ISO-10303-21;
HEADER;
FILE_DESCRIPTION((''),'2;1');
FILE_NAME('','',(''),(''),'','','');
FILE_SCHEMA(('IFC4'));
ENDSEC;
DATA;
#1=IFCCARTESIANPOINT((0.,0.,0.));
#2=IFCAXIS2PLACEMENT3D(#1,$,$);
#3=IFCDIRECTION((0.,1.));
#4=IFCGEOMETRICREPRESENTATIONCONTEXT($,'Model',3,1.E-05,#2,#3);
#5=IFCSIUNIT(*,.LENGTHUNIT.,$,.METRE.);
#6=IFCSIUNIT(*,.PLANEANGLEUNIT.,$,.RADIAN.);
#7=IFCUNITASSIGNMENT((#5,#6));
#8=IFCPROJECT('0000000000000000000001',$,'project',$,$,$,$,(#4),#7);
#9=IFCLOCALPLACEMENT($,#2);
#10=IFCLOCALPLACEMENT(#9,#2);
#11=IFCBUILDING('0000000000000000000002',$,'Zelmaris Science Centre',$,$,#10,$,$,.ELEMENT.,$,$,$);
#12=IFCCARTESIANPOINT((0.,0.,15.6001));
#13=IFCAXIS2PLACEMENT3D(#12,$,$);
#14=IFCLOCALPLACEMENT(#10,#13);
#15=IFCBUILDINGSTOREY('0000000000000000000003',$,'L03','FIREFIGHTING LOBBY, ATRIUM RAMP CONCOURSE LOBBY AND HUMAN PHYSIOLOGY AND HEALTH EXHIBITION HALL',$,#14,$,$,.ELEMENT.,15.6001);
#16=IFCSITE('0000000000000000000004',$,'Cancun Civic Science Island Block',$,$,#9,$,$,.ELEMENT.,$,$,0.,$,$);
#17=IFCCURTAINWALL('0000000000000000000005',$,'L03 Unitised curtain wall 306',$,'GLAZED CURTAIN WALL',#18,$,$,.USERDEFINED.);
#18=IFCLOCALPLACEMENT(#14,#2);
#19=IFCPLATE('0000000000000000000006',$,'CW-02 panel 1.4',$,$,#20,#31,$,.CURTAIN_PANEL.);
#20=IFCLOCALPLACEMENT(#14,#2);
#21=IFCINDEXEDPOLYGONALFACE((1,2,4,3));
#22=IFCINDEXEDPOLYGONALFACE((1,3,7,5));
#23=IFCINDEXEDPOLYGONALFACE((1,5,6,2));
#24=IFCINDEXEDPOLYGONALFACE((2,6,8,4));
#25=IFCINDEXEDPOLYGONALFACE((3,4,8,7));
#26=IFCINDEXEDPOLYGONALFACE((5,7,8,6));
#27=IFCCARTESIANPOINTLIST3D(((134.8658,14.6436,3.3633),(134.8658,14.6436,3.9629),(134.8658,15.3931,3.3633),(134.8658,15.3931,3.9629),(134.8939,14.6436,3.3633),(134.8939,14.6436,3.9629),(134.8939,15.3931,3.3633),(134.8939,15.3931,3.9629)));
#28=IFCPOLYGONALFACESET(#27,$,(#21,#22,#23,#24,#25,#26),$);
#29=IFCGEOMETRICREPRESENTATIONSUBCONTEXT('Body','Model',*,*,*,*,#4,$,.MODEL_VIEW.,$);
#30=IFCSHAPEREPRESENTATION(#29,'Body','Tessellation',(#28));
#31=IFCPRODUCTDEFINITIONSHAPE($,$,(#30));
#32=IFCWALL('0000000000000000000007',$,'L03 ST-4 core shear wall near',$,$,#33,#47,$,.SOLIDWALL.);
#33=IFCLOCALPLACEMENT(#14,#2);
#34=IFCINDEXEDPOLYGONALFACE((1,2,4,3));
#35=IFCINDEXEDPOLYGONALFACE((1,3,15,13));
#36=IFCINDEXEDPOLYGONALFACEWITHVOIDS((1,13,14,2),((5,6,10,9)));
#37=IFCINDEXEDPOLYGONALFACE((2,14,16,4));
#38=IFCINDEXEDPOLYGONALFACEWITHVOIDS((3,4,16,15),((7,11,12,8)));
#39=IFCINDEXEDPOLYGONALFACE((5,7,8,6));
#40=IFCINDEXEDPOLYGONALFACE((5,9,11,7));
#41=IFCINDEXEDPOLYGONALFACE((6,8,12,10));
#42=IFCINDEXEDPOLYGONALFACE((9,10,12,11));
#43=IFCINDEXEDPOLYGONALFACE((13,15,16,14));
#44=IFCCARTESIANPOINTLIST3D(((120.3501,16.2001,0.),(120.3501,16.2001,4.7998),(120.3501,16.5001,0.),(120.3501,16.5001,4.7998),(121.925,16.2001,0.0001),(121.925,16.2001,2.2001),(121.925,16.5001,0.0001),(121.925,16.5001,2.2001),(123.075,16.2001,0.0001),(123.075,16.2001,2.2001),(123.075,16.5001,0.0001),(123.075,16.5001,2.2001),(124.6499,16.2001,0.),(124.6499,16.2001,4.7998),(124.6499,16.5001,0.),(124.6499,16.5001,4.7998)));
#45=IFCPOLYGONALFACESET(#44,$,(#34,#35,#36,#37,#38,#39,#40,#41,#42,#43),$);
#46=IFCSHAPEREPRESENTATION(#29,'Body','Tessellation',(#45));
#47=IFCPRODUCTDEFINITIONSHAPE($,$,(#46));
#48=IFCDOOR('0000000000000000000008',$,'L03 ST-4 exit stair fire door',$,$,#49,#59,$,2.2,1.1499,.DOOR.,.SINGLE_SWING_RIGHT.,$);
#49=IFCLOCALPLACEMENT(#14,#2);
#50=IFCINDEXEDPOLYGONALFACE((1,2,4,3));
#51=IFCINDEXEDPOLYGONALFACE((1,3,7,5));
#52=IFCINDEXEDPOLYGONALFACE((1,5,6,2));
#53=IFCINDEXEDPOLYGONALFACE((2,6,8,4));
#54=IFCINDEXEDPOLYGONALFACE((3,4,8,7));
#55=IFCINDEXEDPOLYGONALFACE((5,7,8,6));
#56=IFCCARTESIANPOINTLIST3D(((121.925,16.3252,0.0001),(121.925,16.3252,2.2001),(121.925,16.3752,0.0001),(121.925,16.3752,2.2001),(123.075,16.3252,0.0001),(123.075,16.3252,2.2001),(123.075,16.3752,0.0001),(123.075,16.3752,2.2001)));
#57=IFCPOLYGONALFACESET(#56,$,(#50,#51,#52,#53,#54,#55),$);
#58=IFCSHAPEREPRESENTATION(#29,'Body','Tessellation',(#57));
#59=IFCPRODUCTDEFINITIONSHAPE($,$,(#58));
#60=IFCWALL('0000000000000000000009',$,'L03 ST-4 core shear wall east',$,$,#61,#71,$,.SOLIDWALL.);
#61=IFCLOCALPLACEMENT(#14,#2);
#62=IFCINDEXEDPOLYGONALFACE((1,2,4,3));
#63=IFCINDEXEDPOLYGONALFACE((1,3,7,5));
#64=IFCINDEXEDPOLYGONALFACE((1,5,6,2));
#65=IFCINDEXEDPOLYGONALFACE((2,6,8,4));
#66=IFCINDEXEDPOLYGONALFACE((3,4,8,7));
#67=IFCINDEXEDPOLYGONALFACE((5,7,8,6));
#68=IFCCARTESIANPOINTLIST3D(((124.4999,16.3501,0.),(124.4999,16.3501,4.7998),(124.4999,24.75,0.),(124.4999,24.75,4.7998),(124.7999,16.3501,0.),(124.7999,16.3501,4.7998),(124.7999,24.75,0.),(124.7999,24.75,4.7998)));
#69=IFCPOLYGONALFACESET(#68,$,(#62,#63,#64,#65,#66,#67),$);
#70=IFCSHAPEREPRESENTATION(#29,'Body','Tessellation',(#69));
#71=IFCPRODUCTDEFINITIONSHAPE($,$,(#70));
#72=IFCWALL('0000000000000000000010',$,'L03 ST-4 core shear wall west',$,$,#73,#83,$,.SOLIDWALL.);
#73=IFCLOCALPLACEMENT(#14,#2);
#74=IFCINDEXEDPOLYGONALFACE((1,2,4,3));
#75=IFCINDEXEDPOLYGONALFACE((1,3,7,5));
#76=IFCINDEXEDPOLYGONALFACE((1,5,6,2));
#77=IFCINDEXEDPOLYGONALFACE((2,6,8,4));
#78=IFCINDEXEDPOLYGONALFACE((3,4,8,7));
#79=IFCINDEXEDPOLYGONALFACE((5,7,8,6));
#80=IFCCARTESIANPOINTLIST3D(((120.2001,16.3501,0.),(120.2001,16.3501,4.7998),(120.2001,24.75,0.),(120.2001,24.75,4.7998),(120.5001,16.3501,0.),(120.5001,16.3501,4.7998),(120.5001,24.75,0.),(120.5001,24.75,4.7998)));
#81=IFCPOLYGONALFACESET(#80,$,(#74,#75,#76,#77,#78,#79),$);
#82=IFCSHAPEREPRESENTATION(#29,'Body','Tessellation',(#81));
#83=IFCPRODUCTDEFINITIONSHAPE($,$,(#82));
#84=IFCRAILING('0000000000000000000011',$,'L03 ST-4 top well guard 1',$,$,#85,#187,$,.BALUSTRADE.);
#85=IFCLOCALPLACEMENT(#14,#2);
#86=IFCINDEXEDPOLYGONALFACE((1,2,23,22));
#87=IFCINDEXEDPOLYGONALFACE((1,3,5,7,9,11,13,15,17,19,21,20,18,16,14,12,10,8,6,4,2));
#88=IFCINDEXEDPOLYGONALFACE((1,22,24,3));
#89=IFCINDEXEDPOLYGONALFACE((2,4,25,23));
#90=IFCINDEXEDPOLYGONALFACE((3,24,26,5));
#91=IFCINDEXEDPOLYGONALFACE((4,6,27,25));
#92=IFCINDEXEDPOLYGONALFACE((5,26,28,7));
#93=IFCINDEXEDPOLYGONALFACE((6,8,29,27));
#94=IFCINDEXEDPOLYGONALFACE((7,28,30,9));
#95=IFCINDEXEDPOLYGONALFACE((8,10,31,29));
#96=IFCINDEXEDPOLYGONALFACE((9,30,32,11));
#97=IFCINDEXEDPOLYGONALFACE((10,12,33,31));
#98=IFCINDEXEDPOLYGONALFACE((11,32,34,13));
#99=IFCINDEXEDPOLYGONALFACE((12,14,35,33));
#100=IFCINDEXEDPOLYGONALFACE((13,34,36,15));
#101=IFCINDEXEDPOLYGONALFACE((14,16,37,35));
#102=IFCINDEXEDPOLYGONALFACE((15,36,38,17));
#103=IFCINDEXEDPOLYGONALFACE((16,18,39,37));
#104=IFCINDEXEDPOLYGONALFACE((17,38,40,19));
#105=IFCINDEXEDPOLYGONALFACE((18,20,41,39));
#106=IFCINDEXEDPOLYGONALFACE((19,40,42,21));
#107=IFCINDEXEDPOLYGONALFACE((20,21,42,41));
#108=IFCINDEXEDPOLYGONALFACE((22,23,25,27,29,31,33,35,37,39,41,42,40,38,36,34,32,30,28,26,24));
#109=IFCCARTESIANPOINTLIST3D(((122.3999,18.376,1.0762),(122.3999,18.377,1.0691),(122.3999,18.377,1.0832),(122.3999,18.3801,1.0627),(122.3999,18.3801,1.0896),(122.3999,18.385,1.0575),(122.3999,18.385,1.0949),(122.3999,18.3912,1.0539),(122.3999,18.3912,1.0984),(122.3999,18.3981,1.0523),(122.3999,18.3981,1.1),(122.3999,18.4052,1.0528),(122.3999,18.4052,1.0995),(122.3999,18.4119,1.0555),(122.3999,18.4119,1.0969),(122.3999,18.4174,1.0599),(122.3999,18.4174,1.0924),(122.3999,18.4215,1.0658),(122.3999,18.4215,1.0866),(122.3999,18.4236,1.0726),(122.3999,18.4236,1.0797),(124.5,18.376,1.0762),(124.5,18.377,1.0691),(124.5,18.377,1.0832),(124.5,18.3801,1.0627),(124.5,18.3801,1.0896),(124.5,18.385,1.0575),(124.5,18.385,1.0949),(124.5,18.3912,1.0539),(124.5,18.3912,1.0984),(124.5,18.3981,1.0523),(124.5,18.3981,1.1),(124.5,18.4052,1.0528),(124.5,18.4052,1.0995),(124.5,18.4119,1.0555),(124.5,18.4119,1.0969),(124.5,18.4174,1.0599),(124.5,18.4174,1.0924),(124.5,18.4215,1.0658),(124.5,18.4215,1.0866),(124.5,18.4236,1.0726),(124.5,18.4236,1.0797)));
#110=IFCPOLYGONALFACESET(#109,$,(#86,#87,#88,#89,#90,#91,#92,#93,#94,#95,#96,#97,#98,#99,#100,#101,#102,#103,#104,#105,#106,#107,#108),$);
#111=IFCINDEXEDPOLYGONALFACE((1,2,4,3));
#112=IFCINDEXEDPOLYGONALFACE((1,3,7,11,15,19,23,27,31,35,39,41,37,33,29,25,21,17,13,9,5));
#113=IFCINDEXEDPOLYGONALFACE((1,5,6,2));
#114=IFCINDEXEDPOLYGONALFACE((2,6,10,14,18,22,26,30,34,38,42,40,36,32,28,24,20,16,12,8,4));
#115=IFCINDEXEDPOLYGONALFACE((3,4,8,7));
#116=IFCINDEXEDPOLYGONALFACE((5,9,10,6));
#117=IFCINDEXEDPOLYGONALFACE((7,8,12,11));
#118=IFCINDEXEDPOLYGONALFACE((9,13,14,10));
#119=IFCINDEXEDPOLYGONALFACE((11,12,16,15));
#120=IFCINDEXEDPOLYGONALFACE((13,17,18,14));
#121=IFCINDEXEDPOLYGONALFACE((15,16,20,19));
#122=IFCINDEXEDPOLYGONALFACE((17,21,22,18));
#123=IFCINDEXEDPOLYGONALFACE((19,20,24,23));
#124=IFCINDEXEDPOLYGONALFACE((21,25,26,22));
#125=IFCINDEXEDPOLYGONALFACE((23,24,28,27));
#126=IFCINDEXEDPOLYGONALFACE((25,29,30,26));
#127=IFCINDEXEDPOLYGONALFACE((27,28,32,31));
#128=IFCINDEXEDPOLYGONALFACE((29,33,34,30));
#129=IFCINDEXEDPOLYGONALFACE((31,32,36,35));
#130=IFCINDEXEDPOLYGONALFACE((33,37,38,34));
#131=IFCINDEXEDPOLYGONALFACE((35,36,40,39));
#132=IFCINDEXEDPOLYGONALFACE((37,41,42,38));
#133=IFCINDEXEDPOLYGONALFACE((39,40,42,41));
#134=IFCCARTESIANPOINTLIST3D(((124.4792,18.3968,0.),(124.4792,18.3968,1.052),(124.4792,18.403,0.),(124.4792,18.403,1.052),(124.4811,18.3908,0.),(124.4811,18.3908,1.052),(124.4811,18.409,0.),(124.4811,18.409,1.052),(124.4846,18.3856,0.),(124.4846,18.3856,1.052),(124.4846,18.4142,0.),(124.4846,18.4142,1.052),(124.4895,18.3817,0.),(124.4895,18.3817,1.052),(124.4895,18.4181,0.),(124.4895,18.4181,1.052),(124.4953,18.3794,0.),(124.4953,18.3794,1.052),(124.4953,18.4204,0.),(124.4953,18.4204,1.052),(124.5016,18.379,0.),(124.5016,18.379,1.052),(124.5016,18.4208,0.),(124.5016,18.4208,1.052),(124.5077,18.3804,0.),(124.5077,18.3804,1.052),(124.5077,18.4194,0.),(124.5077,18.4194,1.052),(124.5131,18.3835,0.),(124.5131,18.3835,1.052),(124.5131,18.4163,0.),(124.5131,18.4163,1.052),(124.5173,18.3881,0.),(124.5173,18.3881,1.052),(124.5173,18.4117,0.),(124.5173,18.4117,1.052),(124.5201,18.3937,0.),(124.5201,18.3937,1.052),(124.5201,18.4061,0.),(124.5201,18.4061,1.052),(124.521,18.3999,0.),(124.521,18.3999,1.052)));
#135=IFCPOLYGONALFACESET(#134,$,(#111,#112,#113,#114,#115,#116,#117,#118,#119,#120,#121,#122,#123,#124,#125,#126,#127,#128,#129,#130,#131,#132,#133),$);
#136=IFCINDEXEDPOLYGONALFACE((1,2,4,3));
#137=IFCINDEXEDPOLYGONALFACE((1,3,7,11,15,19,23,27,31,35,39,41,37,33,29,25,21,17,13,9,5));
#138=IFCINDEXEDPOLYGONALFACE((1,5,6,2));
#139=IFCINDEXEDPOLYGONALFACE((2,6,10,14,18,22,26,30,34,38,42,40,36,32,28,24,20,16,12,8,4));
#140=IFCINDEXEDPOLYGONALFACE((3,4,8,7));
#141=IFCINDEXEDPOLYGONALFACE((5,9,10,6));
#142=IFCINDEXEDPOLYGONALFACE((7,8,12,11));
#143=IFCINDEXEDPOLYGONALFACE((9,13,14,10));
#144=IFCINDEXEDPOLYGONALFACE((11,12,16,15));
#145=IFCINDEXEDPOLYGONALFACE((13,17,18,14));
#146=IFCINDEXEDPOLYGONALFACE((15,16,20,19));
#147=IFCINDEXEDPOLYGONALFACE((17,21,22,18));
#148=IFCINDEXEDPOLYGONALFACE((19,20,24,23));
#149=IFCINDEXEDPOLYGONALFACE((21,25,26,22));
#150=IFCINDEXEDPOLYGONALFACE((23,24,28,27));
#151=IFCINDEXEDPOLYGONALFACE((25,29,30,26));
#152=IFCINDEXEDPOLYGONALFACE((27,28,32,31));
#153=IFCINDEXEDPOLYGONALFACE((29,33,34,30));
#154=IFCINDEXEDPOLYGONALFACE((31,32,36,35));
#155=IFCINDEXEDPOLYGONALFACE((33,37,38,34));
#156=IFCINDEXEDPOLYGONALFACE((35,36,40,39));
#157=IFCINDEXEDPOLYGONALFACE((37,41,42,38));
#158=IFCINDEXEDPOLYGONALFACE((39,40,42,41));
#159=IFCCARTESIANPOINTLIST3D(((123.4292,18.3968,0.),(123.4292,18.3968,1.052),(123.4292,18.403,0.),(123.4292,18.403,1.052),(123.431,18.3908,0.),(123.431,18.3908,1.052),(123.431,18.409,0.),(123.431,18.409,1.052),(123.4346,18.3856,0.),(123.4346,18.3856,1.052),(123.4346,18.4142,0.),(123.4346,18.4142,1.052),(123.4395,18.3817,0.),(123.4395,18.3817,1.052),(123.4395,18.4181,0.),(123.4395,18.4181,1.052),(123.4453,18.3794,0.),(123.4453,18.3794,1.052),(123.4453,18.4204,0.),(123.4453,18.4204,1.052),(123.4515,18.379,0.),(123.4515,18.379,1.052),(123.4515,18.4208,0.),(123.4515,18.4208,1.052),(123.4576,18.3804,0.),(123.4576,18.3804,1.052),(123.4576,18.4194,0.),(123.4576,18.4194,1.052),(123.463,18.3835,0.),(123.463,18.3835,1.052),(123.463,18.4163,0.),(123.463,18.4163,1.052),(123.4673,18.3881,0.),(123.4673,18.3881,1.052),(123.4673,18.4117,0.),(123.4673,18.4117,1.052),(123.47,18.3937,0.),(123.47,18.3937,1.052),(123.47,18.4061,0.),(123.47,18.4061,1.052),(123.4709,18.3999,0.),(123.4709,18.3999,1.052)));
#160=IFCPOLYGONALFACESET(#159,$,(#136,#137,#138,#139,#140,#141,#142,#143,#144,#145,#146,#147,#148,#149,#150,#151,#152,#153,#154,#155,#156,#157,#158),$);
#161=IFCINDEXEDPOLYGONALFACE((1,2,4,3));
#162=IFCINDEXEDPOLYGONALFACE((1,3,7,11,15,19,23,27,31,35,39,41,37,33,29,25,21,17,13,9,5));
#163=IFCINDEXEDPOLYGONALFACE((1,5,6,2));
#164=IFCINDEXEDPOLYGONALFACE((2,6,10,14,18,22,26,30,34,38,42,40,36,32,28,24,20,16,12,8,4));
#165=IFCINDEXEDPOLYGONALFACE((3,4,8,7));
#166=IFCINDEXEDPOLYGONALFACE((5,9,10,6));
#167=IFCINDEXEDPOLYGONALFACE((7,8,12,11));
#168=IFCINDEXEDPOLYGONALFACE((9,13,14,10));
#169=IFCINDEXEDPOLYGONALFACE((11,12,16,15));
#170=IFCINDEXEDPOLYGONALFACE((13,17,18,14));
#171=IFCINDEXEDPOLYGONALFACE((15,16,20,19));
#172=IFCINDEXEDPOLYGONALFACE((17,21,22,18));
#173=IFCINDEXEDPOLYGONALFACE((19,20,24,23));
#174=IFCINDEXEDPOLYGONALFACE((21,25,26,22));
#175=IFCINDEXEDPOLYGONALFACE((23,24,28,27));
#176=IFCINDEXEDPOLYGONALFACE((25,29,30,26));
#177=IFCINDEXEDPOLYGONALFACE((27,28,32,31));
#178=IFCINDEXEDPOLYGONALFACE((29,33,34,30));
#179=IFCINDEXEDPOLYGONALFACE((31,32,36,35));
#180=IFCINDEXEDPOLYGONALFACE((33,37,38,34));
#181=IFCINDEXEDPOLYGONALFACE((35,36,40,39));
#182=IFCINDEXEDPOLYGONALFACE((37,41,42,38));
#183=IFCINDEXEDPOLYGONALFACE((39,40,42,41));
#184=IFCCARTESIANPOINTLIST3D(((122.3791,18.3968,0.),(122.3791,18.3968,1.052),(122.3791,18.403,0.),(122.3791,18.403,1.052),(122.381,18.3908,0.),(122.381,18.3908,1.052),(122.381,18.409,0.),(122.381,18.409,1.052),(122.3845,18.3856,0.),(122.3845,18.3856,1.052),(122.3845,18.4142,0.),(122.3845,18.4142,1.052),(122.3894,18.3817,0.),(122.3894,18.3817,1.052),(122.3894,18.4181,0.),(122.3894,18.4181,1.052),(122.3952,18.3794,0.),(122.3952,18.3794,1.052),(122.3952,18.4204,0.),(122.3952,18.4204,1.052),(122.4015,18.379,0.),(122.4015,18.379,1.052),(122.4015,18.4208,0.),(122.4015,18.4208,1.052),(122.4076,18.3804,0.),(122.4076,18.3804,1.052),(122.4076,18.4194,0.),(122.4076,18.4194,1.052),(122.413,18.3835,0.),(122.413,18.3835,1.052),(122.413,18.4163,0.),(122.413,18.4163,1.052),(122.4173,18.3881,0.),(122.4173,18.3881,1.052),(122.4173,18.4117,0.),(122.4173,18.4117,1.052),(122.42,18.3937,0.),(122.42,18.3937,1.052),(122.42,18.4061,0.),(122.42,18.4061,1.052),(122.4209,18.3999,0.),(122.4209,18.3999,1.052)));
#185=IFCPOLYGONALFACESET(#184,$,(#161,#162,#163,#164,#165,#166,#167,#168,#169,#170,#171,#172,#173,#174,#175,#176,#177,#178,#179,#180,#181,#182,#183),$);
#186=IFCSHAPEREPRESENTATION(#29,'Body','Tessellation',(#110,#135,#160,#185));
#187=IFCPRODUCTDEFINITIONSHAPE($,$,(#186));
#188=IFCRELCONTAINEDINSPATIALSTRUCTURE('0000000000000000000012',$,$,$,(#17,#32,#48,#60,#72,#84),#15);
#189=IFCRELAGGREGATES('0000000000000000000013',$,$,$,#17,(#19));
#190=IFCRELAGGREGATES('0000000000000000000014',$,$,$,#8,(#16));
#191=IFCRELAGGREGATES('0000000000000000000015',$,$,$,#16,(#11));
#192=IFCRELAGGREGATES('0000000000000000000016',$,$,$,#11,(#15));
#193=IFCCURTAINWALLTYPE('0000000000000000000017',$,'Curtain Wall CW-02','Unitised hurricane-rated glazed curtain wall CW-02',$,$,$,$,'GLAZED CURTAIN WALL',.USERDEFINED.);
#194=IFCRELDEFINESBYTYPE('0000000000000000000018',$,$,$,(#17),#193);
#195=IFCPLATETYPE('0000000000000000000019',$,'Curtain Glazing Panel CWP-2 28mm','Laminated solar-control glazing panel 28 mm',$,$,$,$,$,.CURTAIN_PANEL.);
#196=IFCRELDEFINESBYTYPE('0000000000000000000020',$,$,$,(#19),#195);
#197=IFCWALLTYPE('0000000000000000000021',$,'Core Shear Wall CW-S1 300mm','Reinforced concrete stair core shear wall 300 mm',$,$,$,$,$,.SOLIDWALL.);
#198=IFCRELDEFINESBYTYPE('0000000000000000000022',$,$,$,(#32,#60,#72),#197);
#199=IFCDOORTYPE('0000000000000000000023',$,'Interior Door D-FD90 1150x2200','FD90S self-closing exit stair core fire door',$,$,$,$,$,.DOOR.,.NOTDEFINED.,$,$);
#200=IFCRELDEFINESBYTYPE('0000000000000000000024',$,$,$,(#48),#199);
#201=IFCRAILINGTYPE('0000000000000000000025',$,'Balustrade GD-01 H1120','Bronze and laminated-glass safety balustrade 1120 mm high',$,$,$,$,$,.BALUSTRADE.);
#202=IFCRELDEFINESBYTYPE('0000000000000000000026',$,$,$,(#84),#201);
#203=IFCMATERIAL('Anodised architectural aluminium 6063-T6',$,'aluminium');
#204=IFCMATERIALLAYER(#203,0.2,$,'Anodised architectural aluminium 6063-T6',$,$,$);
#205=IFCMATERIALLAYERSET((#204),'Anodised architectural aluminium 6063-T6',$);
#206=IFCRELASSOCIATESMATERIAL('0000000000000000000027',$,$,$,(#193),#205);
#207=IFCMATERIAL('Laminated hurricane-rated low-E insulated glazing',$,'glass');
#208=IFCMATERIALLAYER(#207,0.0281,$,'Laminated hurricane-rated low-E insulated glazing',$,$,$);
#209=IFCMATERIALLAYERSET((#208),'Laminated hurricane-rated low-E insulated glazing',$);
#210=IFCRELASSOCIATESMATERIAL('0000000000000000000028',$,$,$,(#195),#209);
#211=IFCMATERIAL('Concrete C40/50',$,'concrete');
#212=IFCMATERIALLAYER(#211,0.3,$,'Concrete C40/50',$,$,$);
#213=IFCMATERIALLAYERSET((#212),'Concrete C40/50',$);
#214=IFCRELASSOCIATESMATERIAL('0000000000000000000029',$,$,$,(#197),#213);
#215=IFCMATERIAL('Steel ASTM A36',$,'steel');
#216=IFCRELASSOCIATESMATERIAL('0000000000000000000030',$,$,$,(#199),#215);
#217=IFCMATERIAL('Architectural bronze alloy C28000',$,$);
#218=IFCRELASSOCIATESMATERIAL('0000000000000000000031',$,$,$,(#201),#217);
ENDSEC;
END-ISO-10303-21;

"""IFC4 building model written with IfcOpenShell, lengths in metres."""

from ifc_helpers import new_model, si_unit, direction, frame, frame_2d, origin, origin_2d, place, context, subcontext, project, spatial, rectangle, circle, extrude, material, layer, layer_set, type_object, element, fill, aggregate, save


model = new_model("IFC4")

# Units and contexts
model_context = context("Model", 3, precision=1e-05, world=origin(), true_north=direction((0.0, 1.0)))
body_context = subcontext(model_context, "Body", "Model", "MODEL_VIEW")
ifc_project = project(units=[si_unit("LENGTHUNIT", "METRE"), si_unit("PLANEANGLEUNIT", "RADIAN")], contexts=[model_context])

# Site, building, storey
site_placement = place(None, origin())
site = spatial("IfcSite", under=ifc_project, at=site_placement, Name="Cancun Civic Science Island Block", CompositionType="ELEMENT", RefElevation=0.0)
building_placement = place(site_placement, origin())
building = spatial("IfcBuilding", under=site, at=building_placement, Name="Zelmaris Science Centre", CompositionType="ELEMENT")
storey_placement = place(building_placement, frame((0.0, 0.0, 15.6001)))
storey = spatial("IfcBuildingStorey", under=building, at=storey_placement, Name="L03", Description="FIREFIGHTING LOBBY, ATRIUM RAMP CONCOURSE LOBBY AND HUMAN PHYSIOLOGY AND HEALTH EXHIBITION HALL", CompositionType="ELEMENT", Elevation=15.6001)

# Curtain wall
ifc_material_1 = material(Name="Anodised architectural aluminium 6063-T6", Category="aluminium")
ifc_layer_1 = layer(ifc_material_1, 0.2, Name="Anodised architectural aluminium 6063-T6")
ifc_layer_set_1 = layer_set([ifc_layer_1], Name="Anodised architectural aluminium 6063-T6")
curtain_wall_type = type_object("IfcCurtainWallType", Name="Curtain Wall CW-02", Description="Unitised hurricane-rated glazed curtain wall CW-02", ElementType="GLAZED CURTAIN WALL", PredefinedType="USERDEFINED", material=ifc_layer_set_1)
curtain_wall_placement = place(storey_placement, origin())
curtain_wall = element("IfcCurtainWall", 1, at=curtain_wall_placement, inside=storey, type_object=curtain_wall_type, Name="L03 Unitised curtain wall 306", ObjectType="GLAZED CURTAIN WALL", PredefinedType="USERDEFINED")

# Plate
ifc_material_2 = material(Name="Laminated hurricane-rated low-E insulated glazing", Category="glass")
ifc_layer_2 = layer(ifc_material_2, 0.0281, Name="Laminated hurricane-rated low-E insulated glazing")
ifc_layer_set_2 = layer_set([ifc_layer_2], Name="Laminated hurricane-rated low-E insulated glazing")
plate_type = type_object("IfcPlateType", Name="Curtain Glazing Panel CWP-2 28mm", Description="Laminated solar-control glazing panel 28 mm", PredefinedType="CURTAIN_PANEL", material=ifc_layer_set_2)
plate_1_placement = place(storey_placement, frame((134.8799, 15.0183, 3.3633), z_axis=(0.0, 0.0, 1.0), x_axis=(0.0, -1.0, 0.0)))
plate_1 = element("IfcPlate", 2, at=plate_1_placement, type_object=plate_type, Name="CW-02 panel 1.4", PredefinedType="CURTAIN_PANEL", context=body_context, shape_type="SweptSolid", body=[
    extrude(rectangle(XDim=0.7495, YDim=0.0281, at=origin_2d()), origin(), (0.0, 0.0, 1.0), 0.5996),
])
aggregate(curtain_wall, [plate_1])

# Wall, opening, door
ifc_material_3 = material(Name="Concrete C40/50", Category="concrete")
ifc_layer_3 = layer(ifc_material_3, 0.3, Name="Concrete C40/50")
ifc_layer_set_3 = layer_set([ifc_layer_3], Name="Concrete C40/50")
wall_type = type_object("IfcWallType", Name="Core Shear Wall CW-S1 300mm", Description="Reinforced concrete stair core shear wall 300 mm", PredefinedType="SOLIDWALL", material=ifc_layer_set_3)
wall_placement = place(storey_placement, frame((124.6499, 16.3501, 0.0), z_axis=(0.0, 0.0, 1.0), x_axis=(-1.0, 0.0, 0.0)))
wall = element("IfcWall", 3, at=wall_placement, inside=storey, type_object=wall_type, Name="L03 ST-4 core shear wall near", PredefinedType="SOLIDWALL", context=body_context, shape_type="SweptSolid", body=[
    extrude(rectangle(XDim=4.2998, YDim=0.3, at=frame_2d((2.1499, 0.0))), origin(), (0.0, 0.0, 1.0), 4.7998),
])
opening_placement = place(wall_placement, frame((1.575, 0.0, 0.0)))
opening = element("IfcOpeningElement", 4, at=opening_placement, cuts=wall, PredefinedType="OPENING", context=body_context, shape_type="SweptSolid", body=[
    extrude(rectangle(XDim=1.1499, YDim=2.2, at=frame_2d((0.575, 1.1001))), frame((0.0, 0.1599, 0.0), z_axis=(0.0, -1.0, 0.0), x_axis=(1.0, 0.0, 0.0)), (0.0, 0.0, 1.0), 0.3201),
])
ifc_material_4 = material(Name="Steel ASTM A36", Category="steel")
door_type = type_object("IfcDoorType", Name="Interior Door D-FD90 1150x2200", Description="FD90S self-closing exit stair core fire door", OperationType="NOTDEFINED", PredefinedType="DOOR", material=ifc_material_4)
door_placement = place(opening_placement, origin())
door = element("IfcDoor", 5, at=door_placement, inside=storey, type_object=door_type, Name="L03 ST-4 exit stair fire door", OperationType="SINGLE_SWING_RIGHT", OverallHeight=2.2, OverallWidth=1.1499, PredefinedType="DOOR", context=body_context, shape_type="SweptSolid", body=[
    extrude(rectangle(XDim=1.1499, YDim=2.2, at=frame_2d((0.575, 1.1001))), frame((0.0, 0.0249, 0.0), z_axis=(0.0, -1.0, 0.0), x_axis=(1.0, 0.0, 0.0)), (0.0, 0.0, 1.0), 0.05),
])
fill(opening, door)

# Walls
for number, where, z_axis, x_axis, name in (
    (6, (124.6499, 16.3501, 0.0), (0.0, 0.0, 1.0), (0.0, 1.0, 0.0), "L03 ST-4 core shear wall east"),
    (7, (120.3501, 16.3501, 0.0), (0.0, 0.0, 1.0), (0.0, 1.0, 0.0), "L03 ST-4 core shear wall west"),
):
    element("IfcWall", number, at=place(storey_placement, frame(where, z_axis=z_axis, x_axis=x_axis)), inside=storey, type_object=wall_type, Name=name, PredefinedType="SOLIDWALL", context=body_context, shape_type="SweptSolid", body=[
        extrude(rectangle(XDim=8.3999, YDim=0.3, at=frame_2d((4.2, 0.0))), origin(), (0.0, 0.0, 1.0), 4.7998),
    ])

# Railing
ifc_material_5 = material(Name="Architectural bronze alloy C28000")
railing_type = type_object("IfcRailingType", Name="Balustrade GD-01 H1120", Description="Bronze and laminated-glass safety balustrade 1120 mm high", PredefinedType="BALUSTRADE", material=ifc_material_5)
railing_placement = place(storey_placement, frame((124.5, 18.3999, 0.0)))
element("IfcRailing", 8, at=railing_placement, inside=storey, type_object=railing_type, Name="L03 ST-4 top well guard 1", PredefinedType="BALUSTRADE", context=body_context, shape_type="SweptSolid", body=[
    extrude(circle(Radius=0.0239, at=origin_2d()), frame((0.0, 0.0, 1.0762), z_axis=(-1.0, 0.0, 0.0), x_axis=(0.0, -1.0, 0.0)), (0.0, 0.0, 1.0), 2.1001),
    extrude(circle(Radius=0.021, at=origin_2d()), origin(), (0.0, 0.0, 1.0), 1.052),
    extrude(circle(Radius=0.021, at=origin_2d()), frame((-1.05, 0.0, 0.0)), (0.0, 0.0, 1.0), 1.052),
    extrude(circle(Radius=0.021, at=origin_2d()), frame((-2.1001, 0.0, 0.0)), (0.0, 0.0, 1.0), 1.052),
])

save(model, "model.ifc")
